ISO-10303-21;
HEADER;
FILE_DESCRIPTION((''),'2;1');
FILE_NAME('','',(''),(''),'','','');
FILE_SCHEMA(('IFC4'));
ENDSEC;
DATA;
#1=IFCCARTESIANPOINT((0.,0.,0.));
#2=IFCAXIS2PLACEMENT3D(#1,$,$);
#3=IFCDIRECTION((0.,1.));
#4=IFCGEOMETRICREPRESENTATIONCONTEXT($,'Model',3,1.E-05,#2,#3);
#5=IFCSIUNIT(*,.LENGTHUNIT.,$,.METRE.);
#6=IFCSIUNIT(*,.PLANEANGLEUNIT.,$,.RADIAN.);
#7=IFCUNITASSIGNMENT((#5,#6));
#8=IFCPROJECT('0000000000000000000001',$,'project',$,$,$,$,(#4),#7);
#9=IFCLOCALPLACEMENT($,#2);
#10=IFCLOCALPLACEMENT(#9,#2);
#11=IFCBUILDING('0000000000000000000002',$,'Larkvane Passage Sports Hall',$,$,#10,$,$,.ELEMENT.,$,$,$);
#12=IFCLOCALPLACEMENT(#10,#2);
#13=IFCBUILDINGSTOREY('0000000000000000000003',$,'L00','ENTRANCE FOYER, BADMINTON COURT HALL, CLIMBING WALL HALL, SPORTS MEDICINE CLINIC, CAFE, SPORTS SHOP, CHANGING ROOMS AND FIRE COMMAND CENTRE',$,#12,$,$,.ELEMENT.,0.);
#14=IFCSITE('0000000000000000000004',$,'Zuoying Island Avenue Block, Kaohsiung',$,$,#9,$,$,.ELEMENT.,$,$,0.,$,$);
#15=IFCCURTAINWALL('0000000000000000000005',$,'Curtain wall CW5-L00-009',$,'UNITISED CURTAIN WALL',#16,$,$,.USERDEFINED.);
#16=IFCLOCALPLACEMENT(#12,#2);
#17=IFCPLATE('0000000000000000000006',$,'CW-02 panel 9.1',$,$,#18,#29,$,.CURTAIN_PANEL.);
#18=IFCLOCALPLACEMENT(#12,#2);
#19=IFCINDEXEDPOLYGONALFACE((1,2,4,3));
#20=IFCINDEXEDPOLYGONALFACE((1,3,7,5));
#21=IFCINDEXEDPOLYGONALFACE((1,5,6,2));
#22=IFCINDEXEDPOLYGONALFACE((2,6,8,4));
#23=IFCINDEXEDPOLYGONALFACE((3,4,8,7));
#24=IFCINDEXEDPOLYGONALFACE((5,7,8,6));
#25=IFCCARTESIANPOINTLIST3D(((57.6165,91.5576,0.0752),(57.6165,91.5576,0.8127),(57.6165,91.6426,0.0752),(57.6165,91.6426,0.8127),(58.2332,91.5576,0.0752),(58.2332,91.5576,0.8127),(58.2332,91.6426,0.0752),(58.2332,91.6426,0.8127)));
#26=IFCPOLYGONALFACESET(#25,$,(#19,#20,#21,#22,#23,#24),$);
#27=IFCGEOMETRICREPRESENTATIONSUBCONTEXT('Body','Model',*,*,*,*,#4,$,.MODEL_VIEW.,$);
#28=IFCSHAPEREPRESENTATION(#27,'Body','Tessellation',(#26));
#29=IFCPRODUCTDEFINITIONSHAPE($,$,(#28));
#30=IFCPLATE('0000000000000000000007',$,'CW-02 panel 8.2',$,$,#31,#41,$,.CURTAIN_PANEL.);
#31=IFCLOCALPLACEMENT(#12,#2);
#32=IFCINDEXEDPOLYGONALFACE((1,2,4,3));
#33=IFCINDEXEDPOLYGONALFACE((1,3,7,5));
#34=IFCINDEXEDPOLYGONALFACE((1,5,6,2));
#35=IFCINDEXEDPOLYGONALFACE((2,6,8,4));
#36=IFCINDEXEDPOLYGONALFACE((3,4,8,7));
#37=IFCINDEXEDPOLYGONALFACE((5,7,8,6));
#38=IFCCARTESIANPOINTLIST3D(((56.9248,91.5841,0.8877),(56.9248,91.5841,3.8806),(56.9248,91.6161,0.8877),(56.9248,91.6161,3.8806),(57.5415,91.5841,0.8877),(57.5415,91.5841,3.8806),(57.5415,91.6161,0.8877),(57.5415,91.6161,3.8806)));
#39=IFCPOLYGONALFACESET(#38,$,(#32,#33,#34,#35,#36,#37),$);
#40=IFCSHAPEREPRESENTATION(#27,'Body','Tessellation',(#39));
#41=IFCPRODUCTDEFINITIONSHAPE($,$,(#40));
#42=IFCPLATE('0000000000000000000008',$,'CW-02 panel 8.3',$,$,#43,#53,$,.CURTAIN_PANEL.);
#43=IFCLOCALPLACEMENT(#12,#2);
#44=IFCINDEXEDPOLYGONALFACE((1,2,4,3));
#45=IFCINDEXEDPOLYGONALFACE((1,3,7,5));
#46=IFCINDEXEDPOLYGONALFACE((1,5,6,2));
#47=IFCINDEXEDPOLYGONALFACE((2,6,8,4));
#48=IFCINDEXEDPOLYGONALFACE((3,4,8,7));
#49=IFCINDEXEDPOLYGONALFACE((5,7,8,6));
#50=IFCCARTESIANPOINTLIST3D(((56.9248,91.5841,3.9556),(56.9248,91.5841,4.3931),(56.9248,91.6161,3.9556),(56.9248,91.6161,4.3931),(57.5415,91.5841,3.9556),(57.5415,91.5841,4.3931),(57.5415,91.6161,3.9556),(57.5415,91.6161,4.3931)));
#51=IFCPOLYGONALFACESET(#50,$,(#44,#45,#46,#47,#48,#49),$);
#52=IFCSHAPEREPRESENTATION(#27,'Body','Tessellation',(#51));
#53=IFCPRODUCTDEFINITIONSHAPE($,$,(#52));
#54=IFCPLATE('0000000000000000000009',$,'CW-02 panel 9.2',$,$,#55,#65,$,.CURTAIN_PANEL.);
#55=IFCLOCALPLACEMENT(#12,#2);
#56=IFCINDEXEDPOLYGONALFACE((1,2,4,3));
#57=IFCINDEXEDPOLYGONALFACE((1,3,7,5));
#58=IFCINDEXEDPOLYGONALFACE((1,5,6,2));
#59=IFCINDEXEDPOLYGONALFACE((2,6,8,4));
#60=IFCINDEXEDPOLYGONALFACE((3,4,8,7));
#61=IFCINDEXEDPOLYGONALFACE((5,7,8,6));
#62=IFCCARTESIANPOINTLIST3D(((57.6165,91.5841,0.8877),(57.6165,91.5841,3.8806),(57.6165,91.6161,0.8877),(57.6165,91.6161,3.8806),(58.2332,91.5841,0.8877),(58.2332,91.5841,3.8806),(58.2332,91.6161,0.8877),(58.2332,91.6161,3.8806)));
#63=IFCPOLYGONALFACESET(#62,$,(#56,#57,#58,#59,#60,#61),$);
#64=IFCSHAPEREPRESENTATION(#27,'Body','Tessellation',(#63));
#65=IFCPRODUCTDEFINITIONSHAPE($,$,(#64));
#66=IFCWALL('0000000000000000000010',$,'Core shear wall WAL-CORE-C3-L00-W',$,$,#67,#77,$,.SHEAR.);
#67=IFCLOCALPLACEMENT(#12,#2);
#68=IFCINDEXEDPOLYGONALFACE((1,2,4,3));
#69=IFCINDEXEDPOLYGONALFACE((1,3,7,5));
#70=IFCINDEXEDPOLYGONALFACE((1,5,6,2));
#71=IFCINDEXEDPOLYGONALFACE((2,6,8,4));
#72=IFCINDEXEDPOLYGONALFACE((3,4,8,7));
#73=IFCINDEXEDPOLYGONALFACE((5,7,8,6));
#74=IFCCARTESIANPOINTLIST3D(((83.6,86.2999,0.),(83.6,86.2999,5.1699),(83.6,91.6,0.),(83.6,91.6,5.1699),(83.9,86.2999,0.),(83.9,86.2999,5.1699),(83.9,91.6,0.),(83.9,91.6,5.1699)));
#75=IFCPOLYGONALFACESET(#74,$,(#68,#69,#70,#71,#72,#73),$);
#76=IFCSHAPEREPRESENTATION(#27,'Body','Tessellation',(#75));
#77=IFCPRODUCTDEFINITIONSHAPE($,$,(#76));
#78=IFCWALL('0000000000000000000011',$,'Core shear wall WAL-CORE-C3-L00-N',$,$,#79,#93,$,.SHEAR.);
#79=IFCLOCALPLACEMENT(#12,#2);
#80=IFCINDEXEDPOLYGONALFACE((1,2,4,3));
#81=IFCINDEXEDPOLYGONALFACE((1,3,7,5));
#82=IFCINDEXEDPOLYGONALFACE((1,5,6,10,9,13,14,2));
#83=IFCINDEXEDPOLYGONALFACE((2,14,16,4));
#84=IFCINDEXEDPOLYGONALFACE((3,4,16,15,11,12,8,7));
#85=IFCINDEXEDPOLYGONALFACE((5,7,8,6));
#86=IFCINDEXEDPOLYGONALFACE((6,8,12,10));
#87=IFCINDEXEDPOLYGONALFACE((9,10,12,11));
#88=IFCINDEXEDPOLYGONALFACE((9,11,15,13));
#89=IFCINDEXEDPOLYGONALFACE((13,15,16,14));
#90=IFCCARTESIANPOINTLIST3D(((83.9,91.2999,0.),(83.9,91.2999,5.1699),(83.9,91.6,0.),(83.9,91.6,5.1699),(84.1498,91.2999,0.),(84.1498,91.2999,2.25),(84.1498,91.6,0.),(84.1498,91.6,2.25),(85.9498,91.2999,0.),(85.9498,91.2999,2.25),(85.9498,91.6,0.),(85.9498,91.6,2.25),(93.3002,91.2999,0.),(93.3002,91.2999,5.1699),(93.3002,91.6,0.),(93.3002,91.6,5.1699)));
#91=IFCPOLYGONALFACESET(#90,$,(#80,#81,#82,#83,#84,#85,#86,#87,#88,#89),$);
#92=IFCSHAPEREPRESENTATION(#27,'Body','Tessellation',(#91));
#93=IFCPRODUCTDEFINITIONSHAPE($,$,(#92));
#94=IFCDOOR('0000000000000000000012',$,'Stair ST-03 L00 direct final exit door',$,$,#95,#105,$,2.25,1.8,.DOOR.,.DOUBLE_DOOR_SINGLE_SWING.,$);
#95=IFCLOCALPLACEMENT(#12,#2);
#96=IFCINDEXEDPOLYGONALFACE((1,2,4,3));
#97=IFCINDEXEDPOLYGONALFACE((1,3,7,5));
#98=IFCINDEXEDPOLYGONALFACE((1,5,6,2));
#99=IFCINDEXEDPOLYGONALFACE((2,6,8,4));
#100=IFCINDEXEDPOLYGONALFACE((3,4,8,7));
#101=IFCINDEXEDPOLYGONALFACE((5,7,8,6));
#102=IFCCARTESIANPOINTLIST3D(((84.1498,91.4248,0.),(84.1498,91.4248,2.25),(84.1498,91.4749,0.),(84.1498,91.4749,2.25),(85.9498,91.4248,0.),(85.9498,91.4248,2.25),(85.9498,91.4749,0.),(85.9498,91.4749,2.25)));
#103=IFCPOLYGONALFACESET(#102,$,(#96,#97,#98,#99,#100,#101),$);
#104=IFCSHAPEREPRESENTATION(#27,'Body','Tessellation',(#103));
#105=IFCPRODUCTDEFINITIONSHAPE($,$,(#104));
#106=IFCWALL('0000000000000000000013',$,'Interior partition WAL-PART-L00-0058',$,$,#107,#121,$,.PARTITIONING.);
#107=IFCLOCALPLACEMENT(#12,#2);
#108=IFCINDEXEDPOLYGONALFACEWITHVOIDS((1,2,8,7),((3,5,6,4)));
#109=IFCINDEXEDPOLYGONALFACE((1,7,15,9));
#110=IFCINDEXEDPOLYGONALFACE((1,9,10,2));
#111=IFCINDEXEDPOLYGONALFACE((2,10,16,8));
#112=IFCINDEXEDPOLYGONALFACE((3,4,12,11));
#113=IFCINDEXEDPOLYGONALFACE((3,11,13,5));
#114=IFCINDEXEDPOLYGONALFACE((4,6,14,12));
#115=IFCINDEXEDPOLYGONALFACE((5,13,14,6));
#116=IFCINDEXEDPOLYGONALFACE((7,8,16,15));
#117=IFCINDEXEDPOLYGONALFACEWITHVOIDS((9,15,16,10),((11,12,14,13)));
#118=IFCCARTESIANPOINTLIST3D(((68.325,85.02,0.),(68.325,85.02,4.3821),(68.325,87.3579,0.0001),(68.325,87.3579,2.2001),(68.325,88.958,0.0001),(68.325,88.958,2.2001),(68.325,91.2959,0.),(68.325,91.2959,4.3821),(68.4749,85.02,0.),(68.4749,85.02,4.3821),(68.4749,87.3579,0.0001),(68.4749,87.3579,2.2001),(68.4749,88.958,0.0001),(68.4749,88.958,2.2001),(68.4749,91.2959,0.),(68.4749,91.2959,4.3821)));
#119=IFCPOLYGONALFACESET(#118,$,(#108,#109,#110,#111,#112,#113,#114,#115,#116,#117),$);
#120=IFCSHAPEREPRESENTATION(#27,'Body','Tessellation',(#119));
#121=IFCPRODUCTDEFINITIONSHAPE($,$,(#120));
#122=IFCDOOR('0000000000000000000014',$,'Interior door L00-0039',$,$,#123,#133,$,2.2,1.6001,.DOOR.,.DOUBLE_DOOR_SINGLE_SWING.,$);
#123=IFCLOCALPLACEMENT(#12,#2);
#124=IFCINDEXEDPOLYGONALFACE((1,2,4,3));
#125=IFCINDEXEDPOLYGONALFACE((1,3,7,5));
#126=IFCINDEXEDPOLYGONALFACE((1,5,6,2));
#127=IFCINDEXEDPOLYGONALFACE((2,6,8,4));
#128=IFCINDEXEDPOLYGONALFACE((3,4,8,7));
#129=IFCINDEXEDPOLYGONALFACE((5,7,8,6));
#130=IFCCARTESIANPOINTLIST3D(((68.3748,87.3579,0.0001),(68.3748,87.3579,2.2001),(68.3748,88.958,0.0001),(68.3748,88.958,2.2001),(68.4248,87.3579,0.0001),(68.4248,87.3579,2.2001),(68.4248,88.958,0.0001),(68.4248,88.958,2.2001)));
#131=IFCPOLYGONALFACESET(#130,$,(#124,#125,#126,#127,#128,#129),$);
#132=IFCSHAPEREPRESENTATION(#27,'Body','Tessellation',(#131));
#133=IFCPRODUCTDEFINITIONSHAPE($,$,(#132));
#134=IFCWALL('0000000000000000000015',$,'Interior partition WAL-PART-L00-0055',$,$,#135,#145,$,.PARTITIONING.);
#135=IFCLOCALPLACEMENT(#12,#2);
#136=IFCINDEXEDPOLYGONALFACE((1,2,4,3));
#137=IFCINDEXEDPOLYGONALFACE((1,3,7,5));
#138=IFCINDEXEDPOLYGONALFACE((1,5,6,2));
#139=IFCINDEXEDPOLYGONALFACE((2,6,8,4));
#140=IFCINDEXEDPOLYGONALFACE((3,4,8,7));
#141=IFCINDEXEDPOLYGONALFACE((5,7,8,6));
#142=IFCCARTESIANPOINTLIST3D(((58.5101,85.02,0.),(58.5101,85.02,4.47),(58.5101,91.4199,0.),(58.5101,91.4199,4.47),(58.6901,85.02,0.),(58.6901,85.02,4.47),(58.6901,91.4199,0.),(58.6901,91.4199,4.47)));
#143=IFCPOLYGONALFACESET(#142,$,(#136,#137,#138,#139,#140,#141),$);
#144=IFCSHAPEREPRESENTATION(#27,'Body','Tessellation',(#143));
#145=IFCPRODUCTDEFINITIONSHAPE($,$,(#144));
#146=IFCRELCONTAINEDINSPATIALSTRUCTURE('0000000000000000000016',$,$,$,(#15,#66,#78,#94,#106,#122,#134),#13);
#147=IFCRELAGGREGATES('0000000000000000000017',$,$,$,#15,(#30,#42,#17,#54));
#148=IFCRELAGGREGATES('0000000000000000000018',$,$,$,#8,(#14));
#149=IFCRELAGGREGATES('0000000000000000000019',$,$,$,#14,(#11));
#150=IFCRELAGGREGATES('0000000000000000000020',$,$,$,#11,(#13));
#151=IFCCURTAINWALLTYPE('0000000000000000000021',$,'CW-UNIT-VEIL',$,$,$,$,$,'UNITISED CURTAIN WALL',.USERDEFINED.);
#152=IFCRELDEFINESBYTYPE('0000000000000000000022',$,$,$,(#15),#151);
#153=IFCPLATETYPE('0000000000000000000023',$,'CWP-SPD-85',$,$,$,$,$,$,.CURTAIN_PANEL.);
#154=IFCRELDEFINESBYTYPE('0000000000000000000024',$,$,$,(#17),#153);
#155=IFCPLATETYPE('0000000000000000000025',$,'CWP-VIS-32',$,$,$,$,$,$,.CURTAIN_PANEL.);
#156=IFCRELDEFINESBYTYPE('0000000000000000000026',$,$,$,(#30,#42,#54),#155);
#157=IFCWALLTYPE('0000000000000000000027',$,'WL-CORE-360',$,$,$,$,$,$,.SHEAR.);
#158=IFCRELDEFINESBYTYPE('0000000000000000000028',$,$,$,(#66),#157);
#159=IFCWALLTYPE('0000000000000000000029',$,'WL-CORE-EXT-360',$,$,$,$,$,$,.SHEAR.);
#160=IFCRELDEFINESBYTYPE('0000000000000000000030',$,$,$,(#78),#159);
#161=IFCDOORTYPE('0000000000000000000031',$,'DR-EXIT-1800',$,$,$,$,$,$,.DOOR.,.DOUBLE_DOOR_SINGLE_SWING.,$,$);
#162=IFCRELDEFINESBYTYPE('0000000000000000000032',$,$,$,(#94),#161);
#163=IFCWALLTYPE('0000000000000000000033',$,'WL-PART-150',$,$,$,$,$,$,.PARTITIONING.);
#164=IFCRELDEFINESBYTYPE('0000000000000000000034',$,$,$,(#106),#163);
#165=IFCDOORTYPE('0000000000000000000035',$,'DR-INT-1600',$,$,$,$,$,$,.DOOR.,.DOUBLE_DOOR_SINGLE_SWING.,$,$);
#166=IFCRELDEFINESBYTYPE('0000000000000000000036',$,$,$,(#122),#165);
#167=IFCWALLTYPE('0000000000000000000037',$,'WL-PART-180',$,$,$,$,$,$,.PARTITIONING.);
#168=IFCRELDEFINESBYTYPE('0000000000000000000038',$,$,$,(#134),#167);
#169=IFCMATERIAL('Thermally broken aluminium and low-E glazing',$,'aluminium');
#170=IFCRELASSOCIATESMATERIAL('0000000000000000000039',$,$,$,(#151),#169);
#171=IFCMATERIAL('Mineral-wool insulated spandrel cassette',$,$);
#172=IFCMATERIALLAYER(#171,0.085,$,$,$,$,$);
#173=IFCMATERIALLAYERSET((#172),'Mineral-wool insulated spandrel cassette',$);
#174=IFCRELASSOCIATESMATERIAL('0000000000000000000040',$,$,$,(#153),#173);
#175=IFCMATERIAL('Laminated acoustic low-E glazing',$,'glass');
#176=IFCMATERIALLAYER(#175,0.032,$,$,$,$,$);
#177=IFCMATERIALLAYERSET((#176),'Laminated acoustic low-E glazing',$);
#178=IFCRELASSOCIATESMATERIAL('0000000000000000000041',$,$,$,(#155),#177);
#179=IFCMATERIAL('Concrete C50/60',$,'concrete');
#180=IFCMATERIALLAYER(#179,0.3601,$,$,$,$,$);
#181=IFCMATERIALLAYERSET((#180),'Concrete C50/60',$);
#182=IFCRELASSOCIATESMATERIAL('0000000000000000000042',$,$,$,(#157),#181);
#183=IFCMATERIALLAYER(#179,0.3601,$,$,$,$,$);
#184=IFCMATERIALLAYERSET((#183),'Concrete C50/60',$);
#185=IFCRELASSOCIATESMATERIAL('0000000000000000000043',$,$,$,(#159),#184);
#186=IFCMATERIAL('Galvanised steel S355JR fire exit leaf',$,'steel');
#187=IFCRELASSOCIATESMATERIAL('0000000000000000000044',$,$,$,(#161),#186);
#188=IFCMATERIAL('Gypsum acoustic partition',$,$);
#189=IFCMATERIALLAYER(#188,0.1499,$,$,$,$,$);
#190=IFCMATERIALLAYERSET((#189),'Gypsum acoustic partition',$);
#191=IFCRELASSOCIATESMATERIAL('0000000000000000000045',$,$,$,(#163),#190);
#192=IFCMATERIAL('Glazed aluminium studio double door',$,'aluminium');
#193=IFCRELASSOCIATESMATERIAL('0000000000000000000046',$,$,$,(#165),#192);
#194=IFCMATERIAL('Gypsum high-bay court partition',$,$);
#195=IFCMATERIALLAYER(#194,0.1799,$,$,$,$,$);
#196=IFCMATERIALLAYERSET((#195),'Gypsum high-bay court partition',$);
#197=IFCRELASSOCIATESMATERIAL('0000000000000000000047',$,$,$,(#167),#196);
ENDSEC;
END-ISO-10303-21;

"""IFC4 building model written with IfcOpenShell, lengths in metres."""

from ifc_helpers import new_model, si_unit, direction, frame, frame_2d, origin, origin_2d, place, context, subcontext, project, spatial, rectangle, extrude, material, layer, layer_set, type_object, element, fill, aggregate, save


model = new_model("IFC4")

# Units and contexts
model_context = context("Model", 3, precision=1e-05, world=origin(), true_north=direction((0.0, 1.0)))
body_context = subcontext(model_context, "Body", "Model", "MODEL_VIEW")
ifc_project = project(units=[si_unit("LENGTHUNIT", "METRE"), si_unit("PLANEANGLEUNIT", "RADIAN")], contexts=[model_context])

# Site, building, storey
site_placement = place(None, origin())
site = spatial("IfcSite", under=ifc_project, at=site_placement, Name="Zuoying Island Avenue Block, Kaohsiung", CompositionType="ELEMENT", RefElevation=0.0)
building_placement = place(site_placement, origin())
building = spatial("IfcBuilding", under=site, at=building_placement, Name="Larkvane Passage Sports Hall", CompositionType="ELEMENT")
storey_placement = place(building_placement, origin())
storey = spatial("IfcBuildingStorey", under=building, at=storey_placement, Name="L00", Description="ENTRANCE FOYER, BADMINTON COURT HALL, CLIMBING WALL HALL, SPORTS MEDICINE CLINIC, CAFE, SPORTS SHOP, CHANGING ROOMS AND FIRE COMMAND CENTRE", CompositionType="ELEMENT", Elevation=0.0)

# Curtain wall
ifc_material_1 = material(Name="Thermally broken aluminium and low-E glazing", Category="aluminium")
curtain_wall_type = type_object("IfcCurtainWallType", Name="CW-UNIT-VEIL", ElementType="UNITISED CURTAIN WALL", PredefinedType="USERDEFINED", material=ifc_material_1)
curtain_wall_placement = place(storey_placement, origin())
curtain_wall = element("IfcCurtainWall", 1, at=curtain_wall_placement, inside=storey, type_object=curtain_wall_type, Name="Curtain wall CW5-L00-009", ObjectType="UNITISED CURTAIN WALL", PredefinedType="USERDEFINED")

# Plates
ifc_material_2 = material(Name="Mineral-wool insulated spandrel cassette")
ifc_layer_1 = layer(ifc_material_2, 0.085)
ifc_layer_set_1 = layer_set([ifc_layer_1], Name="Mineral-wool insulated spandrel cassette")
plate_type_1 = type_object("IfcPlateType", Name="CWP-SPD-85", PredefinedType="CURTAIN_PANEL", material=ifc_layer_set_1)
plate_1_placement = place(storey_placement, frame((57.9248, 91.6001, 0.0752), z_axis=(0.0, 0.0, 1.0), x_axis=(1.0, 0.0, 0.0)))
plate_1 = element("IfcPlate", 2, at=plate_1_placement, type_object=plate_type_1, Name="CW-02 panel 9.1", PredefinedType="CURTAIN_PANEL", context=body_context, shape_type="SweptSolid", body=[
    extrude(rectangle(XDim=0.6167, YDim=0.085, at=origin_2d()), origin(), (0.0, 0.0, 1.0), 0.7375),
])
ifc_material_3 = material(Name="Laminated acoustic low-E glazing", Category="glass")
ifc_layer_2 = layer(ifc_material_3, 0.032)
ifc_layer_set_2 = layer_set([ifc_layer_2], Name="Laminated acoustic low-E glazing")
plate_type_2 = type_object("IfcPlateType", Name="CWP-VIS-32", PredefinedType="CURTAIN_PANEL", material=ifc_layer_set_2)
plate_2_placement = place(storey_placement, frame((57.2332, 91.6001, 0.8877), z_axis=(0.0, 0.0, 1.0), x_axis=(1.0, 0.0, 0.0)))
plate_2 = element("IfcPlate", 3, at=plate_2_placement, type_object=plate_type_2, Name="CW-02 panel 8.2", PredefinedType="CURTAIN_PANEL", context=body_context, shape_type="SweptSolid", body=[
    extrude(rectangle(XDim=0.6167, YDim=0.032, at=origin_2d()), origin(), (0.0, 0.0, 1.0), 2.9929),
])
plate_3_placement = place(storey_placement, frame((57.2332, 91.6001, 3.9556), z_axis=(0.0, 0.0, 1.0), x_axis=(1.0, 0.0, 0.0)))
plate_3 = element("IfcPlate", 4, at=plate_3_placement, type_object=plate_type_2, Name="CW-02 panel 8.3", PredefinedType="CURTAIN_PANEL", context=body_context, shape_type="SweptSolid", body=[
    extrude(rectangle(XDim=0.6167, YDim=0.032, at=origin_2d()), origin(), (0.0, 0.0, 1.0), 0.4375),
])
plate_4_placement = place(storey_placement, frame((57.9248, 91.6001, 0.8877), z_axis=(0.0, 0.0, 1.0), x_axis=(1.0, 0.0, 0.0)))
plate_4 = element("IfcPlate", 5, at=plate_4_placement, type_object=plate_type_2, Name="CW-02 panel 9.2", PredefinedType="CURTAIN_PANEL", context=body_context, shape_type="SweptSolid", body=[
    extrude(rectangle(XDim=0.6167, YDim=0.032, at=origin_2d()), origin(), (0.0, 0.0, 1.0), 2.9929),
])
aggregate(curtain_wall, [plate_2, plate_3, plate_1, plate_4])

# Wall
ifc_material_4 = material(Name="Concrete C50/60", Category="concrete")
ifc_layer_3 = layer(ifc_material_4, 0.3601)
ifc_layer_set_3 = layer_set([ifc_layer_3], Name="Concrete C50/60")
wall_type_1 = type_object("IfcWallType", Name="WL-CORE-360", PredefinedType="SHEAR", material=ifc_layer_set_3)
wall_1_placement = place(storey_placement, frame((83.75, 86.3, 0.0), z_axis=(0.0, 0.0, 1.0), x_axis=(0.0, 1.0, 0.0)))
element("IfcWall", 6, at=wall_1_placement, inside=storey, type_object=wall_type_1, Name="Core shear wall WAL-CORE-C3-L00-W", PredefinedType="SHEAR", context=body_context, shape_type="SweptSolid", body=[
    extrude(rectangle(XDim=5.3, YDim=0.3, at=frame_2d((2.6499, 0.0))), origin(), (0.0, 0.0, 1.0), 5.1699),
])

# Walls, openings, doors
ifc_layer_4 = layer(ifc_material_4, 0.3601)
ifc_layer_set_4 = layer_set([ifc_layer_4], Name="Concrete C50/60")
wall_type_2 = type_object("IfcWallType", Name="WL-CORE-EXT-360", PredefinedType="SHEAR", material=ifc_layer_set_4)
wall_2_placement = place(storey_placement, frame((83.8999, 91.45, 0.0), z_axis=(0.0, 0.0, 1.0), x_axis=(1.0, 0.0, 0.0)))
wall_2 = element("IfcWall", 7, at=wall_2_placement, inside=storey, type_object=wall_type_2, Name="Core shear wall WAL-CORE-C3-L00-N", PredefinedType="SHEAR", context=body_context, shape_type="SweptSolid", body=[
    extrude(rectangle(XDim=9.4001, YDim=0.3, at=frame_2d((4.7002, 0.0))), origin(), (0.0, 0.0, 1.0), 5.1699),
])
opening_1_placement = place(wall_2_placement, frame((0.25, 0.0, 0.0)))
opening_1 = element("IfcOpeningElement", 8, at=opening_1_placement, cuts=wall_2, PredefinedType="OPENING", context=body_context, shape_type="SweptSolid", body=[
    extrude(rectangle(XDim=1.8, YDim=2.25, at=frame_2d((0.8999, 1.125))), frame((0.0, 0.1599, 0.0), z_axis=(0.0, -1.0, 0.0), x_axis=(1.0, 0.0, 0.0)), (0.0, 0.0, 1.0), 0.3201),
])
ifc_material_5 = material(Name="Galvanised steel S355JR fire exit leaf", Category="steel")
door_type_1 = type_object("IfcDoorType", Name="DR-EXIT-1800", OperationType="DOUBLE_DOOR_SINGLE_SWING", PredefinedType="DOOR", material=ifc_material_5)
door_1_placement = place(opening_1_placement, origin())
door_1 = element("IfcDoor", 9, at=door_1_placement, inside=storey, type_object=door_type_1, Name="Stair ST-03 L00 direct final exit door", OperationType="DOUBLE_DOOR_SINGLE_SWING", OverallHeight=2.25, OverallWidth=1.8, PredefinedType="DOOR", context=body_context, shape_type="SweptSolid", body=[
    extrude(rectangle(XDim=1.8, YDim=2.25, at=frame_2d((0.8999, 1.125))), frame((0.0, 0.0249, 0.0), z_axis=(0.0, -1.0, 0.0), x_axis=(1.0, 0.0, 0.0)), (0.0, 0.0, 1.0), 0.05),
])
fill(opening_1, door_1)
ifc_material_6 = material(Name="Gypsum acoustic partition")
ifc_layer_5 = layer(ifc_material_6, 0.1499)
ifc_layer_set_5 = layer_set([ifc_layer_5], Name="Gypsum acoustic partition")
wall_type_3 = type_object("IfcWallType", Name="WL-PART-150", PredefinedType="PARTITIONING", material=ifc_layer_set_5)
wall_3_placement = place(storey_placement, frame((68.3999, 91.2959, 0.0), z_axis=(0.0, 0.0, 1.0), x_axis=(0.0, -1.0, 0.0)))
wall_3 = element("IfcWall", 10, at=wall_3_placement, inside=storey, type_object=wall_type_3, Name="Interior partition WAL-PART-L00-0058", PredefinedType="PARTITIONING", context=body_context, shape_type="SweptSolid", body=[
    extrude(rectangle(XDim=6.2759, YDim=0.1499, at=frame_2d((3.1379, 0.0))), origin(), (0.0, 0.0, 1.0), 4.3821),
])
opening_2_placement = place(wall_3_placement, frame((2.3379, 0.0, 0.0)))
opening_2 = element("IfcOpeningElement", 11, at=opening_2_placement, cuts=wall_3, PredefinedType="OPENING", context=body_context, shape_type="SweptSolid", body=[
    extrude(rectangle(XDim=1.6001, YDim=2.2, at=frame_2d((0.8, 1.1001))), frame((0.0, 0.085, 0.0), z_axis=(0.0, -1.0, 0.0), x_axis=(1.0, 0.0, 0.0)), (0.0, 0.0, 1.0), 0.1699),
])
ifc_material_7 = material(Name="Glazed aluminium studio double door", Category="aluminium")
door_type_2 = type_object("IfcDoorType", Name="DR-INT-1600", OperationType="DOUBLE_DOOR_SINGLE_SWING", PredefinedType="DOOR", material=ifc_material_7)
door_2_placement = place(opening_2_placement, origin())
door_2 = element("IfcDoor", 12, at=door_2_placement, inside=storey, type_object=door_type_2, Name="Interior door L00-0039", OperationType="DOUBLE_DOOR_SINGLE_SWING", OverallHeight=2.2, OverallWidth=1.6001, PredefinedType="DOOR", context=body_context, shape_type="SweptSolid", body=[
    extrude(rectangle(XDim=1.6001, YDim=2.2, at=frame_2d((0.8, 1.1001))), frame((0.0, 0.0249, 0.0), z_axis=(0.0, -1.0, 0.0), x_axis=(1.0, 0.0, 0.0)), (0.0, 0.0, 1.0), 0.05),
])
fill(opening_2, door_2)

# Wall
ifc_material_8 = material(Name="Gypsum high-bay court partition")
ifc_layer_6 = layer(ifc_material_8, 0.1799)
ifc_layer_set_6 = layer_set([ifc_layer_6], Name="Gypsum high-bay court partition")
wall_type_4 = type_object("IfcWallType", Name="WL-PART-180", PredefinedType="PARTITIONING", material=ifc_layer_set_6)
wall_4_placement = place(storey_placement, frame((58.6001, 91.4199, 0.0), z_axis=(0.0, 0.0, 1.0), x_axis=(0.0, -1.0, 0.0)))
element("IfcWall", 13, at=wall_4_placement, inside=storey, type_object=wall_type_4, Name="Interior partition WAL-PART-L00-0055", PredefinedType="PARTITIONING", context=body_context, shape_type="SweptSolid", body=[
    extrude(rectangle(XDim=6.3999, YDim=0.1799, at=frame_2d((3.2, 0.0))), origin(), (0.0, 0.0, 1.0), 4.47),
])

save(model, "model.ifc")
